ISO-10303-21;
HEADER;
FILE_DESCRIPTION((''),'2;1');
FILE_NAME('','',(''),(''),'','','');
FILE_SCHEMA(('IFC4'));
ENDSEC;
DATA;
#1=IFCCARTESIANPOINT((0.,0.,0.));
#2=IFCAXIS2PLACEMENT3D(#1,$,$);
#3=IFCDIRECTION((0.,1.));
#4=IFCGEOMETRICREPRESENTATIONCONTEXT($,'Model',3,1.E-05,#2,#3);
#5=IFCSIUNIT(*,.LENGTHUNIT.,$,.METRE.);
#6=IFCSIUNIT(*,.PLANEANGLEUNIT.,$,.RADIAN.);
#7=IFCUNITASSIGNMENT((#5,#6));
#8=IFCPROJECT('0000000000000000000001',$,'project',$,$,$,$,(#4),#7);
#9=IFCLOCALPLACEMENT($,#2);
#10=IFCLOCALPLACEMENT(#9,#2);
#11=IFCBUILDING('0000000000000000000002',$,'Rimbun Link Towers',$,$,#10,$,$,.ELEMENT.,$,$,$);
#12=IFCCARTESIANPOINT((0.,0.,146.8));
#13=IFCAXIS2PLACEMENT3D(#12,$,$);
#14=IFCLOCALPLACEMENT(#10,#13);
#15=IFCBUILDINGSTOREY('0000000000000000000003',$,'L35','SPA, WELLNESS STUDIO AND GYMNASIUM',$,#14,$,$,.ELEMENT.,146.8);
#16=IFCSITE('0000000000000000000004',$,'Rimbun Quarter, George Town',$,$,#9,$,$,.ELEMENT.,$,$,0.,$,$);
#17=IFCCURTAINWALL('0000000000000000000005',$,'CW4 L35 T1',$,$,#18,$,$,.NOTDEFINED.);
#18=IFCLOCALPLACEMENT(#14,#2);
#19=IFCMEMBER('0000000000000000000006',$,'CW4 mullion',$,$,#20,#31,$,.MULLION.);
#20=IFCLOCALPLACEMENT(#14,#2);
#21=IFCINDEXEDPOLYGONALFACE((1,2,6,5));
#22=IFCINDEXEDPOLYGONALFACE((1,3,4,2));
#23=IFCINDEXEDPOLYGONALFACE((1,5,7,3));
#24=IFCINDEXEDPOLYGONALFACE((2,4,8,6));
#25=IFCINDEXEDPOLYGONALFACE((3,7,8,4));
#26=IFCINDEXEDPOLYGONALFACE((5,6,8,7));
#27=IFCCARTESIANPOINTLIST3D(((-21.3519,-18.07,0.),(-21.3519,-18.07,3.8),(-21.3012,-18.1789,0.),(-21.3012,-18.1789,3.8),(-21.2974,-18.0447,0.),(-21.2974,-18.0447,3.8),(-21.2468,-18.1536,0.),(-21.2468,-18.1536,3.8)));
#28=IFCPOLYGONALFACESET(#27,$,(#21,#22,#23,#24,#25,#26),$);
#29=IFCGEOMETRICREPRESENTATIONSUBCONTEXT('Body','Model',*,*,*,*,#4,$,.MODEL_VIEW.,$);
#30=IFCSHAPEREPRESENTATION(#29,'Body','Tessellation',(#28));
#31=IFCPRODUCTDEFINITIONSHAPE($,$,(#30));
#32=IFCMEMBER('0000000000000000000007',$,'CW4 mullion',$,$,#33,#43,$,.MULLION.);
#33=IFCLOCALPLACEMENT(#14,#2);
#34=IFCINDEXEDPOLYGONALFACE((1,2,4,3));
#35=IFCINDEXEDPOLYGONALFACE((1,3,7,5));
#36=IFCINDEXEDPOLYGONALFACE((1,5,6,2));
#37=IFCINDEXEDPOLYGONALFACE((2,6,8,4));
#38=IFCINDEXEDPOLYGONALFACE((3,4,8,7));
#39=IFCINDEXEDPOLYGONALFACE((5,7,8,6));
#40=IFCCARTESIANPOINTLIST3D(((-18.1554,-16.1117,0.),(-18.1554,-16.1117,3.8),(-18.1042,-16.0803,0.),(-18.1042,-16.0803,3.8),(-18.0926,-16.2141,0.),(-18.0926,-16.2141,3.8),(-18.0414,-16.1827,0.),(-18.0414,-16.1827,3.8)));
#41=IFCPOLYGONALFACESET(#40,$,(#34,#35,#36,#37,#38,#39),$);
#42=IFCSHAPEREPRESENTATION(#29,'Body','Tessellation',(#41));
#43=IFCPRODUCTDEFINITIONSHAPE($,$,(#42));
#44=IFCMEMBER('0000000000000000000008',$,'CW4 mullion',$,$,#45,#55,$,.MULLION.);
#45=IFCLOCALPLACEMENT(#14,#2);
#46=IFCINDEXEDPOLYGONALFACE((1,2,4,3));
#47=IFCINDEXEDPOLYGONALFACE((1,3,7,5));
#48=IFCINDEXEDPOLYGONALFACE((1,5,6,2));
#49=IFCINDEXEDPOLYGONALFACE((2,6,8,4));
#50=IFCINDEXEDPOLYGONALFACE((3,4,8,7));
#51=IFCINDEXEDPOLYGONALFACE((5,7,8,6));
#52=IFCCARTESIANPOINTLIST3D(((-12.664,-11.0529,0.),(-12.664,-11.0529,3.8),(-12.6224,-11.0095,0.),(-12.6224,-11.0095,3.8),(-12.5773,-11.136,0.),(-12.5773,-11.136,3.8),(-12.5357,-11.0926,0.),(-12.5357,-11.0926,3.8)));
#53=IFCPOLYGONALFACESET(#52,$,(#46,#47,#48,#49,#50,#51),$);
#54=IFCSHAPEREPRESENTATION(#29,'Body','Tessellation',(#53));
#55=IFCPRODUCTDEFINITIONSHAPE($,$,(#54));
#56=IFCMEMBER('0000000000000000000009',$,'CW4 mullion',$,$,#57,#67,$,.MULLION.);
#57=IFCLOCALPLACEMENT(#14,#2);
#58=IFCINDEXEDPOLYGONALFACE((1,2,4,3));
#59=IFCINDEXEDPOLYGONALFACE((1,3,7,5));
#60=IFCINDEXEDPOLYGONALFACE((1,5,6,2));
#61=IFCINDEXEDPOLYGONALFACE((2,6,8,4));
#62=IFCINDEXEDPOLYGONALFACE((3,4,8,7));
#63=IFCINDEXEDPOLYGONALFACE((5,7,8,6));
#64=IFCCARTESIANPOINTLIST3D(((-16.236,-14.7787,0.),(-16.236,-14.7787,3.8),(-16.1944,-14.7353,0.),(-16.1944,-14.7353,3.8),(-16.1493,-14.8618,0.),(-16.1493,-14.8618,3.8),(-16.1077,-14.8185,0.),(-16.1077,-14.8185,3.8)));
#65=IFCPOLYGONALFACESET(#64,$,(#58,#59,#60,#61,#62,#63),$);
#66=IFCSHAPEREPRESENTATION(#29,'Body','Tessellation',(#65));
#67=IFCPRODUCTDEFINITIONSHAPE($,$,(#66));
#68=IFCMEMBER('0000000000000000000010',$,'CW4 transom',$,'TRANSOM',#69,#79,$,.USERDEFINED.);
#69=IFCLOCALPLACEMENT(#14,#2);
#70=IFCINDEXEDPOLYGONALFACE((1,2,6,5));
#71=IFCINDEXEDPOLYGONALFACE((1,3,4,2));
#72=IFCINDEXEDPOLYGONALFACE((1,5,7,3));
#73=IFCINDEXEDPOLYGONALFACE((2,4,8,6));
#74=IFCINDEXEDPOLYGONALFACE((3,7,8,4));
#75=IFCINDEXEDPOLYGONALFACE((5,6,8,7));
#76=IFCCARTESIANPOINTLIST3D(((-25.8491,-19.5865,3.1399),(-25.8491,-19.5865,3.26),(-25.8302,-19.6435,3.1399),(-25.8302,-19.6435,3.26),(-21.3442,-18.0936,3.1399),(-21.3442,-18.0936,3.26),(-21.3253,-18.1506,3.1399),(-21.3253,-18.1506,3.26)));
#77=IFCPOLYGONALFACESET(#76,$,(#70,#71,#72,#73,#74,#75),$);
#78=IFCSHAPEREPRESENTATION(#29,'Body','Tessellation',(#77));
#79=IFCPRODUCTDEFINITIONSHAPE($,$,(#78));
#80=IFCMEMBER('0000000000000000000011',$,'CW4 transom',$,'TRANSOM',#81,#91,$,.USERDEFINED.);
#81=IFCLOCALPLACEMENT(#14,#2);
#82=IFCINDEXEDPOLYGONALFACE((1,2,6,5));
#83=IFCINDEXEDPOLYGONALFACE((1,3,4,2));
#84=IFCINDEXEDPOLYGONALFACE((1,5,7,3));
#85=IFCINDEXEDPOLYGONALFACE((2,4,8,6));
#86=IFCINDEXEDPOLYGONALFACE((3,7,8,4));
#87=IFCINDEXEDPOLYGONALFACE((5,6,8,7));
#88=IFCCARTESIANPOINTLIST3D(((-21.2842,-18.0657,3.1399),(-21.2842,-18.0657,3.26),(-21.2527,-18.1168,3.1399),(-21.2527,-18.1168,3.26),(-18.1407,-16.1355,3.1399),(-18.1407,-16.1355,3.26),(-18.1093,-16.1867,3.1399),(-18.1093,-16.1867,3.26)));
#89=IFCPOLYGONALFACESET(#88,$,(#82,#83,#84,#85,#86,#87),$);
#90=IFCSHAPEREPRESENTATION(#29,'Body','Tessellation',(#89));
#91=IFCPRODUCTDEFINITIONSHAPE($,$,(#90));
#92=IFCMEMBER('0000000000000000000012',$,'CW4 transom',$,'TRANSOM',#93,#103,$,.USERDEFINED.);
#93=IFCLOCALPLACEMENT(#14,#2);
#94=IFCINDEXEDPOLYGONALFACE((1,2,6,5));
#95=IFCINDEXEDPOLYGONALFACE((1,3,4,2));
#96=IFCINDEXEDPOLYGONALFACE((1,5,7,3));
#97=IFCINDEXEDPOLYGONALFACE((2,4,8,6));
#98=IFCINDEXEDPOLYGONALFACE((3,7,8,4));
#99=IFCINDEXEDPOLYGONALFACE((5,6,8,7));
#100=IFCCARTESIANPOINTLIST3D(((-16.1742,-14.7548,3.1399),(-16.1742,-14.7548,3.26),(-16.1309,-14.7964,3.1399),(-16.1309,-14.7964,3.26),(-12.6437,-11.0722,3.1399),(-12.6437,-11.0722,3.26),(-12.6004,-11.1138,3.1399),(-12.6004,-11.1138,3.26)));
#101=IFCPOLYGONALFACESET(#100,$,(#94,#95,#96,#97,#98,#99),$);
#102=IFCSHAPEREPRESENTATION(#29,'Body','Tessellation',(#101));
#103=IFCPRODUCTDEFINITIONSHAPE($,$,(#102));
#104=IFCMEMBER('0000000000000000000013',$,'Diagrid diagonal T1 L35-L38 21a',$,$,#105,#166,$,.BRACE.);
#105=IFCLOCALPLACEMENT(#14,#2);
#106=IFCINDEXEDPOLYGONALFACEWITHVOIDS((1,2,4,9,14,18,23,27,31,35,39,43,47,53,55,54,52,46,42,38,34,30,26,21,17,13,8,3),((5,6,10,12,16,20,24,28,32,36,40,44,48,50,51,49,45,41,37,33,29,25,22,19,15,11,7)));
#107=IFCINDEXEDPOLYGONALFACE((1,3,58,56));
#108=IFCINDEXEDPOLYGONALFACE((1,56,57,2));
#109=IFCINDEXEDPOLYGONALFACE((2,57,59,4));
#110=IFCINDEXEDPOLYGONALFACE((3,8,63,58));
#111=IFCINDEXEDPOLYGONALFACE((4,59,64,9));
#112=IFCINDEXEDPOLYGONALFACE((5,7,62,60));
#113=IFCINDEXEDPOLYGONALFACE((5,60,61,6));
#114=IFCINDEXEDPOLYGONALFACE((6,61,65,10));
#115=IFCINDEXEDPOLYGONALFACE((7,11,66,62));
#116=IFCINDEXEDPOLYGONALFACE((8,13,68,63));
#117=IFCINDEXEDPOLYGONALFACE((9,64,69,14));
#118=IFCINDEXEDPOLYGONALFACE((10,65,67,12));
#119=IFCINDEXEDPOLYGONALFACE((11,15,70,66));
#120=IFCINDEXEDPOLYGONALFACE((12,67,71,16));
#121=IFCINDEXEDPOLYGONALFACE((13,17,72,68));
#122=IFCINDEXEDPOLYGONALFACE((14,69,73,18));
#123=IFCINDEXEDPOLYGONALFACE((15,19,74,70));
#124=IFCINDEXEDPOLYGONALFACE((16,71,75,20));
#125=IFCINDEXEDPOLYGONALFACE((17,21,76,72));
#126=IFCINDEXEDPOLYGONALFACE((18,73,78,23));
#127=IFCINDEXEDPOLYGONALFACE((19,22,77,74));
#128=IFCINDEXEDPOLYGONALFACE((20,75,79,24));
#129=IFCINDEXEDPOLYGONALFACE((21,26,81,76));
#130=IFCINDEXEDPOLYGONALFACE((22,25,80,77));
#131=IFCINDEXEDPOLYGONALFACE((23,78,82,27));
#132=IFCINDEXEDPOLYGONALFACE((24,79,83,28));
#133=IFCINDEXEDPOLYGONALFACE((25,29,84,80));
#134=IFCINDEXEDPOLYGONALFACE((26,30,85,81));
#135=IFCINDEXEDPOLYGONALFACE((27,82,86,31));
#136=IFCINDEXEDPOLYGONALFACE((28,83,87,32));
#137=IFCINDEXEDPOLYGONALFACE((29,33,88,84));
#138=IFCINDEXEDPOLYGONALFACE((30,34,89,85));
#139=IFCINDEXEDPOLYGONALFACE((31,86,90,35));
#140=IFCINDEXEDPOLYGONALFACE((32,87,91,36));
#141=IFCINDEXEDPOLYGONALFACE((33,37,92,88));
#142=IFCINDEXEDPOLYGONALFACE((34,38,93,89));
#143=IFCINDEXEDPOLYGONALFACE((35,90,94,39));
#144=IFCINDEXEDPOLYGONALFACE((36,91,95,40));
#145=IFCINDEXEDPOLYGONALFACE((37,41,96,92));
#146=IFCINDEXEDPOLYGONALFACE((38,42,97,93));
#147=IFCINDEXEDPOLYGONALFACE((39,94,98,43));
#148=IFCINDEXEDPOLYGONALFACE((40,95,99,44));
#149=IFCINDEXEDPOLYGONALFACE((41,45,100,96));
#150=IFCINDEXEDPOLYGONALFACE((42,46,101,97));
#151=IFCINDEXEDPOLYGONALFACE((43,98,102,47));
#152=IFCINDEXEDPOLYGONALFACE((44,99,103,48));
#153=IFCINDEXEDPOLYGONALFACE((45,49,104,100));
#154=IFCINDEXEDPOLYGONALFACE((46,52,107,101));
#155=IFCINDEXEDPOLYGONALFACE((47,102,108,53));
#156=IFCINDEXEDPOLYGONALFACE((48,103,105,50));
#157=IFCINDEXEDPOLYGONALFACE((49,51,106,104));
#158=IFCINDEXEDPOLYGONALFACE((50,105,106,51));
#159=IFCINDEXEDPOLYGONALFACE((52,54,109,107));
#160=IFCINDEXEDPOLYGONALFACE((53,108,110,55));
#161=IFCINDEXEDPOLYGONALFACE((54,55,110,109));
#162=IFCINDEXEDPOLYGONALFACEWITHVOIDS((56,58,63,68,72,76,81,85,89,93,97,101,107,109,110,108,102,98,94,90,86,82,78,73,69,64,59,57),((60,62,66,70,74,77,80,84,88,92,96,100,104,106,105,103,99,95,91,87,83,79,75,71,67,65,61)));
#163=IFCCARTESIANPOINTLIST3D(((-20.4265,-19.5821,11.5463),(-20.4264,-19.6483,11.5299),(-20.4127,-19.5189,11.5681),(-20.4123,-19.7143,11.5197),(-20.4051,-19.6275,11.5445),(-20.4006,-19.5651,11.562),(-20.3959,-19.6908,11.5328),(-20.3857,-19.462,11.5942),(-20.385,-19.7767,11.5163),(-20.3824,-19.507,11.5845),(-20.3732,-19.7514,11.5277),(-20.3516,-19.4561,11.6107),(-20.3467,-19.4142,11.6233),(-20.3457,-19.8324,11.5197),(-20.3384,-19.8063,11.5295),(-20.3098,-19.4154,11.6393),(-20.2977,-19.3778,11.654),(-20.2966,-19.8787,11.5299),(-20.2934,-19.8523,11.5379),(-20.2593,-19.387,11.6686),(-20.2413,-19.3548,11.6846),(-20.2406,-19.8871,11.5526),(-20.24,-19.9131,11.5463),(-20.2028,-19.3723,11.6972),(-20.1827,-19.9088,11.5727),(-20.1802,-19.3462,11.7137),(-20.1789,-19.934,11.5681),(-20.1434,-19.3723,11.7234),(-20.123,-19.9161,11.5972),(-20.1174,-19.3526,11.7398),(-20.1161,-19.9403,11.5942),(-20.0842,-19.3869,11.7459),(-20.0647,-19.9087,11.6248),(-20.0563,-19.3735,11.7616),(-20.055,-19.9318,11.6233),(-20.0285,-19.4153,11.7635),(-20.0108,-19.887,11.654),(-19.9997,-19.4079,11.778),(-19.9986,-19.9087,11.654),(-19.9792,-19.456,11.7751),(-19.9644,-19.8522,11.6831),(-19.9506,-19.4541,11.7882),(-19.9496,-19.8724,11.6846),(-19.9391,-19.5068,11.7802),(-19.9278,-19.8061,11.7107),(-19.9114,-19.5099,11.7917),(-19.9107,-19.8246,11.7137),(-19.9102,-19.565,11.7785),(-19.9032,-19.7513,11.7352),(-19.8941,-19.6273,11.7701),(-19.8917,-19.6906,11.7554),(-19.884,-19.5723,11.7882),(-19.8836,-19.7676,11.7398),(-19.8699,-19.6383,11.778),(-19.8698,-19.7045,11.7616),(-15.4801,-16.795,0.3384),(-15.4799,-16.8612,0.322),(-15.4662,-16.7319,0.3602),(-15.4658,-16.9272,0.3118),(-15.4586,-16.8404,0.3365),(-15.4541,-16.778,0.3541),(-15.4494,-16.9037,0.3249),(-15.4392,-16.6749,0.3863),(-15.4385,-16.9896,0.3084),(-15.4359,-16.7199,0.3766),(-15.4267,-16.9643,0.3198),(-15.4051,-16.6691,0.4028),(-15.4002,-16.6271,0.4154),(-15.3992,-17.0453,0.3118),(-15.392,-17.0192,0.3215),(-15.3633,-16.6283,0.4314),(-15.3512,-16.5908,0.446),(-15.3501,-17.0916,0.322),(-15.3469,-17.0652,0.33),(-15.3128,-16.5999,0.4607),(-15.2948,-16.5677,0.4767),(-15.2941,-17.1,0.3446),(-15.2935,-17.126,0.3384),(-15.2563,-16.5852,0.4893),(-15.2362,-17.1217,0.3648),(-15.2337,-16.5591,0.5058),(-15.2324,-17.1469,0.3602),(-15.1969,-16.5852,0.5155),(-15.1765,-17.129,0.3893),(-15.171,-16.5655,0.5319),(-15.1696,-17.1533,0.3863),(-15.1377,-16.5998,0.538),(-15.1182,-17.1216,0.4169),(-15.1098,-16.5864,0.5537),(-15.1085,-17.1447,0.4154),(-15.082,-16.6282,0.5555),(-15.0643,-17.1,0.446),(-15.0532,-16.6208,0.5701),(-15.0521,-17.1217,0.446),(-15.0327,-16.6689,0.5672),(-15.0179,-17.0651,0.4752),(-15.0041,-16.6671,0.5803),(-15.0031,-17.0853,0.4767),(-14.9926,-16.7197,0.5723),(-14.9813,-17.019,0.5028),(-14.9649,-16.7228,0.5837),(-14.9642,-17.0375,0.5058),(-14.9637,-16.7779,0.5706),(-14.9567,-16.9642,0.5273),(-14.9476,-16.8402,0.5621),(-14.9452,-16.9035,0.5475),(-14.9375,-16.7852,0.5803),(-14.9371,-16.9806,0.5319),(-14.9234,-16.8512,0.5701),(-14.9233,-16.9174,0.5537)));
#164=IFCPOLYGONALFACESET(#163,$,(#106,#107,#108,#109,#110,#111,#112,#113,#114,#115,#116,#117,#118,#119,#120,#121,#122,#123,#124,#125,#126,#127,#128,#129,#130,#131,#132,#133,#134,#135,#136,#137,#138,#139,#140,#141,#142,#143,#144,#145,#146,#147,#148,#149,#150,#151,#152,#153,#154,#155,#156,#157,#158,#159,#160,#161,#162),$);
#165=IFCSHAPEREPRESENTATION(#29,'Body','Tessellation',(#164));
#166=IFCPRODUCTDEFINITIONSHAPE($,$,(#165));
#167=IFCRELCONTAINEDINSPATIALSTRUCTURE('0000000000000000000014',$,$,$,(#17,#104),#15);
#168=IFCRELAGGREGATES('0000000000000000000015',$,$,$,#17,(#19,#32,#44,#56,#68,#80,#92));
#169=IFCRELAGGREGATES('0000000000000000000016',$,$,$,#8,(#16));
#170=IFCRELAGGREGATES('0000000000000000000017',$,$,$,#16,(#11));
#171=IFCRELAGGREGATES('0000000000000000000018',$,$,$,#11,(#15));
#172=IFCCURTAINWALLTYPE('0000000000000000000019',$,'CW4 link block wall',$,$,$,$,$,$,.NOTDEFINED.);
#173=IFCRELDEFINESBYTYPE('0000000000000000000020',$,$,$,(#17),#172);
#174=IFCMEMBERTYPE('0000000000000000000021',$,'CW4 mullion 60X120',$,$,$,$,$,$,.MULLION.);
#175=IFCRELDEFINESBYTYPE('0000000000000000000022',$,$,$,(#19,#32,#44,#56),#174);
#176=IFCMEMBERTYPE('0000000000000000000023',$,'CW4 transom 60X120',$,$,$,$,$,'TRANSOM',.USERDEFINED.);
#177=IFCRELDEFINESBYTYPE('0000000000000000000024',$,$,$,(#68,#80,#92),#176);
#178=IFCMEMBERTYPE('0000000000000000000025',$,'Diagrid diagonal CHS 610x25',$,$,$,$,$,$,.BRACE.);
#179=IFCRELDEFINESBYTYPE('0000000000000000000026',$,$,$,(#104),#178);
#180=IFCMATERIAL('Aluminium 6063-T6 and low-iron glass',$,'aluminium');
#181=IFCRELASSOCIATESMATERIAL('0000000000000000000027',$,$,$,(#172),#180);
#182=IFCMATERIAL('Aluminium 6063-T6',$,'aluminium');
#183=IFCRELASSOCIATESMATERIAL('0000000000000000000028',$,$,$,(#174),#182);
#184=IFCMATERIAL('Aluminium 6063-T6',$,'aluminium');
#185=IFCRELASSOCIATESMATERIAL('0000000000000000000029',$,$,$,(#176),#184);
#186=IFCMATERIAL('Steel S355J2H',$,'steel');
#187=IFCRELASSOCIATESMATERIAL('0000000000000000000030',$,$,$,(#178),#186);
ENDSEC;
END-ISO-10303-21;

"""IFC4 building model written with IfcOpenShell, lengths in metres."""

from ifc_helpers import new_model, si_unit, direction, frame, origin, origin_2d, place, context, subcontext, project, spatial, rectangle, hollow_circle, extrude, material, material_profile, profile_set, type_object, element, aggregate, save


model = new_model("IFC4")

# Units and contexts
model_context = context("Model", 3, precision=1e-05, world=origin(), true_north=direction((0.0, 1.0)))
body_context = subcontext(model_context, "Body", "Model", "MODEL_VIEW")
ifc_project = project(units=[si_unit("LENGTHUNIT", "METRE"), si_unit("PLANEANGLEUNIT", "RADIAN")], contexts=[model_context])

# Site, building, storey
site_placement = place(None, origin())
site = spatial("IfcSite", under=ifc_project, at=site_placement, Name="Rimbun Quarter, George Town", CompositionType="ELEMENT", RefElevation=0.0)
building_placement = place(site_placement, origin())
building = spatial("IfcBuilding", under=site, at=building_placement, Name="Rimbun Link Towers", CompositionType="ELEMENT")
storey_placement = place(building_placement, frame((0.0, 0.0, 146.8)))
storey = spatial("IfcBuildingStorey", under=building, at=storey_placement, Name="L35", Description="SPA, WELLNESS STUDIO AND GYMNASIUM", CompositionType="ELEMENT", Elevation=146.8)

# Curtain wall, members
ifc_material_1 = material(Name="Aluminium 6063-T6 and low-iron glass", Category="aluminium")
curtain_wall_type = type_object("IfcCurtainWallType", Name="CW4 link block wall", PredefinedType="NOTDEFINED", material=ifc_material_1)
curtain_wall_placement = place(storey_placement, origin())
curtain_wall = element("IfcCurtainWall", 1, at=curtain_wall_placement, inside=storey, type_object=curtain_wall_type, Name="CW4 L35 T1", PredefinedType="NOTDEFINED")
ifc_material_2 = material(Name="Aluminium 6063-T6", Category="aluminium")
ifc_material_profile_1 = material_profile(ifc_material_2, rectangle(XDim=0.1201, YDim=0.0601, at=origin_2d()), Name="MULLION 60X120")
ifc_profile_set_1 = profile_set([ifc_material_profile_1], Name="Aluminium 6063-T6")
member_type_1 = type_object("IfcMemberType", Name="CW4 mullion 60X120", PredefinedType="MULLION", material=ifc_profile_set_1)
member_1_placement = place(storey_placement, frame((-21.2993, -18.1118, 0.0), z_axis=(0.0, 0.0, 1.0), x_axis=(0.421697, -0.906737, 0.0)))
member_1 = element("IfcMember", 2, at=member_1_placement, type_object=member_type_1, Name="CW4 mullion", PredefinedType="MULLION", context=body_context, shape_type="SweptSolid", body=[
    extrude(rectangle(XDim=0.1201, YDim=0.0601, at=origin_2d()), origin(), (0.0, 0.0, 1.0), 3.8),
])
member_2_placement = place(storey_placement, frame((-18.0984, -16.1472, 0.0), z_axis=(0.0, 0.0, 1.0), x_axis=(0.523225, -0.852194, 0.0)))
member_2 = element("IfcMember", 3, at=member_2_placement, type_object=member_type_1, Name="CW4 mullion", PredefinedType="MULLION", context=body_context, shape_type="SweptSolid", body=[
    extrude(rectangle(XDim=0.1201, YDim=0.0601, at=origin_2d()), origin(), (0.0, 0.0, 1.0), 3.8),
])
member_3_placement = place(storey_placement, frame((-12.5999, -11.0728, 0.0), z_axis=(0.0, 0.0, 1.0), x_axis=(0.721858, -0.692041, 0.0)))
member_3 = element("IfcMember", 4, at=member_3_placement, type_object=member_type_1, Name="CW4 mullion", PredefinedType="MULLION", context=body_context, shape_type="SweptSolid", body=[
    extrude(rectangle(XDim=0.1201, YDim=0.0601, at=origin_2d()), origin(), (0.0, 0.0, 1.0), 3.8),
])
member_4_placement = place(storey_placement, frame((-16.1719, -14.7986, 0.0), z_axis=(0.0, 0.0, 1.0), x_axis=(0.721858, -0.692041, 0.0)))
member_4 = element("IfcMember", 5, at=member_4_placement, type_object=member_type_1, Name="CW4 mullion", PredefinedType="MULLION", context=body_context, shape_type="SweptSolid", body=[
    extrude(rectangle(XDim=0.1201, YDim=0.0601, at=origin_2d()), origin(), (0.0, 0.0, 1.0), 3.8),
])
ifc_material_3 = material(Name="Aluminium 6063-T6", Category="aluminium")
ifc_material_profile_2 = material_profile(ifc_material_3, rectangle(XDim=0.0601, YDim=0.1201, at=origin_2d()), Name="TRANSOM 60X120")
ifc_profile_set_2 = profile_set([ifc_material_profile_2], Name="Aluminium 6063-T6")
member_type_2 = type_object("IfcMemberType", Name="CW4 transom 60X120", ElementType="TRANSOM", PredefinedType="USERDEFINED", material=ifc_profile_set_2)
member_5_placement = place(storey_placement, frame((-21.3347, -18.1221, 3.2), z_axis=(-0.949232, -0.314576, 0.0), x_axis=(0.314576, -0.949232, 0.0)))
member_5 = element("IfcMember", 6, at=member_5_placement, type_object=member_type_2, Name="CW4 transom", ObjectType="TRANSOM", PredefinedType="USERDEFINED", context=body_context, shape_type="SweptSolid", body=[
    extrude(rectangle(XDim=0.0601, YDim=0.1201, at=origin_2d()), origin(), (0.0, 0.0, 1.0), 4.7458),
])
member_6_placement = place(storey_placement, frame((-18.125, -16.1611, 3.2), z_axis=(-0.852181, -0.523248, 0.0), x_axis=(0.523248, -0.852181, 0.0)))
member_6 = element("IfcMember", 7, at=member_6_placement, type_object=member_type_2, Name="CW4 transom", ObjectType="TRANSOM", PredefinedType="USERDEFINED", context=body_context, shape_type="SweptSolid", body=[
    extrude(rectangle(XDim=0.0601, YDim=0.1201, at=origin_2d()), origin(), (0.0, 0.0, 1.0), 3.6887),
])
member_7_placement = place(storey_placement, frame((-12.6221, -11.093, 3.2), z_axis=(-0.692043, -0.721857, 0.0), x_axis=(0.721857, -0.692043, 0.0)))
member_7 = element("IfcMember", 8, at=member_7_placement, type_object=member_type_2, Name="CW4 transom", ObjectType="TRANSOM", PredefinedType="USERDEFINED", context=body_context, shape_type="SweptSolid", body=[
    extrude(rectangle(XDim=0.0601, YDim=0.1201, at=origin_2d()), origin(), (0.0, 0.0, 1.0), 5.1016),
])

# Member
ifc_material_4 = material(Name="Steel S355J2H", Category="steel")
ifc_material_profile_3 = material_profile(ifc_material_4, hollow_circle(Radius=0.3047, WallThickness=0.0249, at=origin_2d()), Name="Diagrid diagonal CHS 610x25")
ifc_profile_set_3 = profile_set([ifc_material_profile_3], Name="Steel S355J2H")
member_type_3 = type_object("IfcMemberType", Name="Diagrid diagonal CHS 610x25", PredefinedType="BRACE", material=ifc_profile_set_3)
member_8_placement = place(storey_placement, frame((-15.2017, -16.8562, 0.446), z_axis=(-0.393705, -0.221832, 0.892069), x_axis=(0.490888, -0.871223, 0.0)))
element("IfcMember", 9, at=member_8_placement, inside=storey, type_object=member_type_3, Name="Diagrid diagonal T1 L35-L38 21a", PredefinedType="BRACE", context=body_context, shape_type="SweptSolid", body=[
    extrude(hollow_circle(Radius=0.3047, WallThickness=0.0249, at=origin_2d()), origin(), (0.0, 0.0, 1.0), 12.564),
])

aggregate(curtain_wall, [member_1, member_2, member_3, member_4, member_5, member_6, member_7])

save(model, "model.ifc")
